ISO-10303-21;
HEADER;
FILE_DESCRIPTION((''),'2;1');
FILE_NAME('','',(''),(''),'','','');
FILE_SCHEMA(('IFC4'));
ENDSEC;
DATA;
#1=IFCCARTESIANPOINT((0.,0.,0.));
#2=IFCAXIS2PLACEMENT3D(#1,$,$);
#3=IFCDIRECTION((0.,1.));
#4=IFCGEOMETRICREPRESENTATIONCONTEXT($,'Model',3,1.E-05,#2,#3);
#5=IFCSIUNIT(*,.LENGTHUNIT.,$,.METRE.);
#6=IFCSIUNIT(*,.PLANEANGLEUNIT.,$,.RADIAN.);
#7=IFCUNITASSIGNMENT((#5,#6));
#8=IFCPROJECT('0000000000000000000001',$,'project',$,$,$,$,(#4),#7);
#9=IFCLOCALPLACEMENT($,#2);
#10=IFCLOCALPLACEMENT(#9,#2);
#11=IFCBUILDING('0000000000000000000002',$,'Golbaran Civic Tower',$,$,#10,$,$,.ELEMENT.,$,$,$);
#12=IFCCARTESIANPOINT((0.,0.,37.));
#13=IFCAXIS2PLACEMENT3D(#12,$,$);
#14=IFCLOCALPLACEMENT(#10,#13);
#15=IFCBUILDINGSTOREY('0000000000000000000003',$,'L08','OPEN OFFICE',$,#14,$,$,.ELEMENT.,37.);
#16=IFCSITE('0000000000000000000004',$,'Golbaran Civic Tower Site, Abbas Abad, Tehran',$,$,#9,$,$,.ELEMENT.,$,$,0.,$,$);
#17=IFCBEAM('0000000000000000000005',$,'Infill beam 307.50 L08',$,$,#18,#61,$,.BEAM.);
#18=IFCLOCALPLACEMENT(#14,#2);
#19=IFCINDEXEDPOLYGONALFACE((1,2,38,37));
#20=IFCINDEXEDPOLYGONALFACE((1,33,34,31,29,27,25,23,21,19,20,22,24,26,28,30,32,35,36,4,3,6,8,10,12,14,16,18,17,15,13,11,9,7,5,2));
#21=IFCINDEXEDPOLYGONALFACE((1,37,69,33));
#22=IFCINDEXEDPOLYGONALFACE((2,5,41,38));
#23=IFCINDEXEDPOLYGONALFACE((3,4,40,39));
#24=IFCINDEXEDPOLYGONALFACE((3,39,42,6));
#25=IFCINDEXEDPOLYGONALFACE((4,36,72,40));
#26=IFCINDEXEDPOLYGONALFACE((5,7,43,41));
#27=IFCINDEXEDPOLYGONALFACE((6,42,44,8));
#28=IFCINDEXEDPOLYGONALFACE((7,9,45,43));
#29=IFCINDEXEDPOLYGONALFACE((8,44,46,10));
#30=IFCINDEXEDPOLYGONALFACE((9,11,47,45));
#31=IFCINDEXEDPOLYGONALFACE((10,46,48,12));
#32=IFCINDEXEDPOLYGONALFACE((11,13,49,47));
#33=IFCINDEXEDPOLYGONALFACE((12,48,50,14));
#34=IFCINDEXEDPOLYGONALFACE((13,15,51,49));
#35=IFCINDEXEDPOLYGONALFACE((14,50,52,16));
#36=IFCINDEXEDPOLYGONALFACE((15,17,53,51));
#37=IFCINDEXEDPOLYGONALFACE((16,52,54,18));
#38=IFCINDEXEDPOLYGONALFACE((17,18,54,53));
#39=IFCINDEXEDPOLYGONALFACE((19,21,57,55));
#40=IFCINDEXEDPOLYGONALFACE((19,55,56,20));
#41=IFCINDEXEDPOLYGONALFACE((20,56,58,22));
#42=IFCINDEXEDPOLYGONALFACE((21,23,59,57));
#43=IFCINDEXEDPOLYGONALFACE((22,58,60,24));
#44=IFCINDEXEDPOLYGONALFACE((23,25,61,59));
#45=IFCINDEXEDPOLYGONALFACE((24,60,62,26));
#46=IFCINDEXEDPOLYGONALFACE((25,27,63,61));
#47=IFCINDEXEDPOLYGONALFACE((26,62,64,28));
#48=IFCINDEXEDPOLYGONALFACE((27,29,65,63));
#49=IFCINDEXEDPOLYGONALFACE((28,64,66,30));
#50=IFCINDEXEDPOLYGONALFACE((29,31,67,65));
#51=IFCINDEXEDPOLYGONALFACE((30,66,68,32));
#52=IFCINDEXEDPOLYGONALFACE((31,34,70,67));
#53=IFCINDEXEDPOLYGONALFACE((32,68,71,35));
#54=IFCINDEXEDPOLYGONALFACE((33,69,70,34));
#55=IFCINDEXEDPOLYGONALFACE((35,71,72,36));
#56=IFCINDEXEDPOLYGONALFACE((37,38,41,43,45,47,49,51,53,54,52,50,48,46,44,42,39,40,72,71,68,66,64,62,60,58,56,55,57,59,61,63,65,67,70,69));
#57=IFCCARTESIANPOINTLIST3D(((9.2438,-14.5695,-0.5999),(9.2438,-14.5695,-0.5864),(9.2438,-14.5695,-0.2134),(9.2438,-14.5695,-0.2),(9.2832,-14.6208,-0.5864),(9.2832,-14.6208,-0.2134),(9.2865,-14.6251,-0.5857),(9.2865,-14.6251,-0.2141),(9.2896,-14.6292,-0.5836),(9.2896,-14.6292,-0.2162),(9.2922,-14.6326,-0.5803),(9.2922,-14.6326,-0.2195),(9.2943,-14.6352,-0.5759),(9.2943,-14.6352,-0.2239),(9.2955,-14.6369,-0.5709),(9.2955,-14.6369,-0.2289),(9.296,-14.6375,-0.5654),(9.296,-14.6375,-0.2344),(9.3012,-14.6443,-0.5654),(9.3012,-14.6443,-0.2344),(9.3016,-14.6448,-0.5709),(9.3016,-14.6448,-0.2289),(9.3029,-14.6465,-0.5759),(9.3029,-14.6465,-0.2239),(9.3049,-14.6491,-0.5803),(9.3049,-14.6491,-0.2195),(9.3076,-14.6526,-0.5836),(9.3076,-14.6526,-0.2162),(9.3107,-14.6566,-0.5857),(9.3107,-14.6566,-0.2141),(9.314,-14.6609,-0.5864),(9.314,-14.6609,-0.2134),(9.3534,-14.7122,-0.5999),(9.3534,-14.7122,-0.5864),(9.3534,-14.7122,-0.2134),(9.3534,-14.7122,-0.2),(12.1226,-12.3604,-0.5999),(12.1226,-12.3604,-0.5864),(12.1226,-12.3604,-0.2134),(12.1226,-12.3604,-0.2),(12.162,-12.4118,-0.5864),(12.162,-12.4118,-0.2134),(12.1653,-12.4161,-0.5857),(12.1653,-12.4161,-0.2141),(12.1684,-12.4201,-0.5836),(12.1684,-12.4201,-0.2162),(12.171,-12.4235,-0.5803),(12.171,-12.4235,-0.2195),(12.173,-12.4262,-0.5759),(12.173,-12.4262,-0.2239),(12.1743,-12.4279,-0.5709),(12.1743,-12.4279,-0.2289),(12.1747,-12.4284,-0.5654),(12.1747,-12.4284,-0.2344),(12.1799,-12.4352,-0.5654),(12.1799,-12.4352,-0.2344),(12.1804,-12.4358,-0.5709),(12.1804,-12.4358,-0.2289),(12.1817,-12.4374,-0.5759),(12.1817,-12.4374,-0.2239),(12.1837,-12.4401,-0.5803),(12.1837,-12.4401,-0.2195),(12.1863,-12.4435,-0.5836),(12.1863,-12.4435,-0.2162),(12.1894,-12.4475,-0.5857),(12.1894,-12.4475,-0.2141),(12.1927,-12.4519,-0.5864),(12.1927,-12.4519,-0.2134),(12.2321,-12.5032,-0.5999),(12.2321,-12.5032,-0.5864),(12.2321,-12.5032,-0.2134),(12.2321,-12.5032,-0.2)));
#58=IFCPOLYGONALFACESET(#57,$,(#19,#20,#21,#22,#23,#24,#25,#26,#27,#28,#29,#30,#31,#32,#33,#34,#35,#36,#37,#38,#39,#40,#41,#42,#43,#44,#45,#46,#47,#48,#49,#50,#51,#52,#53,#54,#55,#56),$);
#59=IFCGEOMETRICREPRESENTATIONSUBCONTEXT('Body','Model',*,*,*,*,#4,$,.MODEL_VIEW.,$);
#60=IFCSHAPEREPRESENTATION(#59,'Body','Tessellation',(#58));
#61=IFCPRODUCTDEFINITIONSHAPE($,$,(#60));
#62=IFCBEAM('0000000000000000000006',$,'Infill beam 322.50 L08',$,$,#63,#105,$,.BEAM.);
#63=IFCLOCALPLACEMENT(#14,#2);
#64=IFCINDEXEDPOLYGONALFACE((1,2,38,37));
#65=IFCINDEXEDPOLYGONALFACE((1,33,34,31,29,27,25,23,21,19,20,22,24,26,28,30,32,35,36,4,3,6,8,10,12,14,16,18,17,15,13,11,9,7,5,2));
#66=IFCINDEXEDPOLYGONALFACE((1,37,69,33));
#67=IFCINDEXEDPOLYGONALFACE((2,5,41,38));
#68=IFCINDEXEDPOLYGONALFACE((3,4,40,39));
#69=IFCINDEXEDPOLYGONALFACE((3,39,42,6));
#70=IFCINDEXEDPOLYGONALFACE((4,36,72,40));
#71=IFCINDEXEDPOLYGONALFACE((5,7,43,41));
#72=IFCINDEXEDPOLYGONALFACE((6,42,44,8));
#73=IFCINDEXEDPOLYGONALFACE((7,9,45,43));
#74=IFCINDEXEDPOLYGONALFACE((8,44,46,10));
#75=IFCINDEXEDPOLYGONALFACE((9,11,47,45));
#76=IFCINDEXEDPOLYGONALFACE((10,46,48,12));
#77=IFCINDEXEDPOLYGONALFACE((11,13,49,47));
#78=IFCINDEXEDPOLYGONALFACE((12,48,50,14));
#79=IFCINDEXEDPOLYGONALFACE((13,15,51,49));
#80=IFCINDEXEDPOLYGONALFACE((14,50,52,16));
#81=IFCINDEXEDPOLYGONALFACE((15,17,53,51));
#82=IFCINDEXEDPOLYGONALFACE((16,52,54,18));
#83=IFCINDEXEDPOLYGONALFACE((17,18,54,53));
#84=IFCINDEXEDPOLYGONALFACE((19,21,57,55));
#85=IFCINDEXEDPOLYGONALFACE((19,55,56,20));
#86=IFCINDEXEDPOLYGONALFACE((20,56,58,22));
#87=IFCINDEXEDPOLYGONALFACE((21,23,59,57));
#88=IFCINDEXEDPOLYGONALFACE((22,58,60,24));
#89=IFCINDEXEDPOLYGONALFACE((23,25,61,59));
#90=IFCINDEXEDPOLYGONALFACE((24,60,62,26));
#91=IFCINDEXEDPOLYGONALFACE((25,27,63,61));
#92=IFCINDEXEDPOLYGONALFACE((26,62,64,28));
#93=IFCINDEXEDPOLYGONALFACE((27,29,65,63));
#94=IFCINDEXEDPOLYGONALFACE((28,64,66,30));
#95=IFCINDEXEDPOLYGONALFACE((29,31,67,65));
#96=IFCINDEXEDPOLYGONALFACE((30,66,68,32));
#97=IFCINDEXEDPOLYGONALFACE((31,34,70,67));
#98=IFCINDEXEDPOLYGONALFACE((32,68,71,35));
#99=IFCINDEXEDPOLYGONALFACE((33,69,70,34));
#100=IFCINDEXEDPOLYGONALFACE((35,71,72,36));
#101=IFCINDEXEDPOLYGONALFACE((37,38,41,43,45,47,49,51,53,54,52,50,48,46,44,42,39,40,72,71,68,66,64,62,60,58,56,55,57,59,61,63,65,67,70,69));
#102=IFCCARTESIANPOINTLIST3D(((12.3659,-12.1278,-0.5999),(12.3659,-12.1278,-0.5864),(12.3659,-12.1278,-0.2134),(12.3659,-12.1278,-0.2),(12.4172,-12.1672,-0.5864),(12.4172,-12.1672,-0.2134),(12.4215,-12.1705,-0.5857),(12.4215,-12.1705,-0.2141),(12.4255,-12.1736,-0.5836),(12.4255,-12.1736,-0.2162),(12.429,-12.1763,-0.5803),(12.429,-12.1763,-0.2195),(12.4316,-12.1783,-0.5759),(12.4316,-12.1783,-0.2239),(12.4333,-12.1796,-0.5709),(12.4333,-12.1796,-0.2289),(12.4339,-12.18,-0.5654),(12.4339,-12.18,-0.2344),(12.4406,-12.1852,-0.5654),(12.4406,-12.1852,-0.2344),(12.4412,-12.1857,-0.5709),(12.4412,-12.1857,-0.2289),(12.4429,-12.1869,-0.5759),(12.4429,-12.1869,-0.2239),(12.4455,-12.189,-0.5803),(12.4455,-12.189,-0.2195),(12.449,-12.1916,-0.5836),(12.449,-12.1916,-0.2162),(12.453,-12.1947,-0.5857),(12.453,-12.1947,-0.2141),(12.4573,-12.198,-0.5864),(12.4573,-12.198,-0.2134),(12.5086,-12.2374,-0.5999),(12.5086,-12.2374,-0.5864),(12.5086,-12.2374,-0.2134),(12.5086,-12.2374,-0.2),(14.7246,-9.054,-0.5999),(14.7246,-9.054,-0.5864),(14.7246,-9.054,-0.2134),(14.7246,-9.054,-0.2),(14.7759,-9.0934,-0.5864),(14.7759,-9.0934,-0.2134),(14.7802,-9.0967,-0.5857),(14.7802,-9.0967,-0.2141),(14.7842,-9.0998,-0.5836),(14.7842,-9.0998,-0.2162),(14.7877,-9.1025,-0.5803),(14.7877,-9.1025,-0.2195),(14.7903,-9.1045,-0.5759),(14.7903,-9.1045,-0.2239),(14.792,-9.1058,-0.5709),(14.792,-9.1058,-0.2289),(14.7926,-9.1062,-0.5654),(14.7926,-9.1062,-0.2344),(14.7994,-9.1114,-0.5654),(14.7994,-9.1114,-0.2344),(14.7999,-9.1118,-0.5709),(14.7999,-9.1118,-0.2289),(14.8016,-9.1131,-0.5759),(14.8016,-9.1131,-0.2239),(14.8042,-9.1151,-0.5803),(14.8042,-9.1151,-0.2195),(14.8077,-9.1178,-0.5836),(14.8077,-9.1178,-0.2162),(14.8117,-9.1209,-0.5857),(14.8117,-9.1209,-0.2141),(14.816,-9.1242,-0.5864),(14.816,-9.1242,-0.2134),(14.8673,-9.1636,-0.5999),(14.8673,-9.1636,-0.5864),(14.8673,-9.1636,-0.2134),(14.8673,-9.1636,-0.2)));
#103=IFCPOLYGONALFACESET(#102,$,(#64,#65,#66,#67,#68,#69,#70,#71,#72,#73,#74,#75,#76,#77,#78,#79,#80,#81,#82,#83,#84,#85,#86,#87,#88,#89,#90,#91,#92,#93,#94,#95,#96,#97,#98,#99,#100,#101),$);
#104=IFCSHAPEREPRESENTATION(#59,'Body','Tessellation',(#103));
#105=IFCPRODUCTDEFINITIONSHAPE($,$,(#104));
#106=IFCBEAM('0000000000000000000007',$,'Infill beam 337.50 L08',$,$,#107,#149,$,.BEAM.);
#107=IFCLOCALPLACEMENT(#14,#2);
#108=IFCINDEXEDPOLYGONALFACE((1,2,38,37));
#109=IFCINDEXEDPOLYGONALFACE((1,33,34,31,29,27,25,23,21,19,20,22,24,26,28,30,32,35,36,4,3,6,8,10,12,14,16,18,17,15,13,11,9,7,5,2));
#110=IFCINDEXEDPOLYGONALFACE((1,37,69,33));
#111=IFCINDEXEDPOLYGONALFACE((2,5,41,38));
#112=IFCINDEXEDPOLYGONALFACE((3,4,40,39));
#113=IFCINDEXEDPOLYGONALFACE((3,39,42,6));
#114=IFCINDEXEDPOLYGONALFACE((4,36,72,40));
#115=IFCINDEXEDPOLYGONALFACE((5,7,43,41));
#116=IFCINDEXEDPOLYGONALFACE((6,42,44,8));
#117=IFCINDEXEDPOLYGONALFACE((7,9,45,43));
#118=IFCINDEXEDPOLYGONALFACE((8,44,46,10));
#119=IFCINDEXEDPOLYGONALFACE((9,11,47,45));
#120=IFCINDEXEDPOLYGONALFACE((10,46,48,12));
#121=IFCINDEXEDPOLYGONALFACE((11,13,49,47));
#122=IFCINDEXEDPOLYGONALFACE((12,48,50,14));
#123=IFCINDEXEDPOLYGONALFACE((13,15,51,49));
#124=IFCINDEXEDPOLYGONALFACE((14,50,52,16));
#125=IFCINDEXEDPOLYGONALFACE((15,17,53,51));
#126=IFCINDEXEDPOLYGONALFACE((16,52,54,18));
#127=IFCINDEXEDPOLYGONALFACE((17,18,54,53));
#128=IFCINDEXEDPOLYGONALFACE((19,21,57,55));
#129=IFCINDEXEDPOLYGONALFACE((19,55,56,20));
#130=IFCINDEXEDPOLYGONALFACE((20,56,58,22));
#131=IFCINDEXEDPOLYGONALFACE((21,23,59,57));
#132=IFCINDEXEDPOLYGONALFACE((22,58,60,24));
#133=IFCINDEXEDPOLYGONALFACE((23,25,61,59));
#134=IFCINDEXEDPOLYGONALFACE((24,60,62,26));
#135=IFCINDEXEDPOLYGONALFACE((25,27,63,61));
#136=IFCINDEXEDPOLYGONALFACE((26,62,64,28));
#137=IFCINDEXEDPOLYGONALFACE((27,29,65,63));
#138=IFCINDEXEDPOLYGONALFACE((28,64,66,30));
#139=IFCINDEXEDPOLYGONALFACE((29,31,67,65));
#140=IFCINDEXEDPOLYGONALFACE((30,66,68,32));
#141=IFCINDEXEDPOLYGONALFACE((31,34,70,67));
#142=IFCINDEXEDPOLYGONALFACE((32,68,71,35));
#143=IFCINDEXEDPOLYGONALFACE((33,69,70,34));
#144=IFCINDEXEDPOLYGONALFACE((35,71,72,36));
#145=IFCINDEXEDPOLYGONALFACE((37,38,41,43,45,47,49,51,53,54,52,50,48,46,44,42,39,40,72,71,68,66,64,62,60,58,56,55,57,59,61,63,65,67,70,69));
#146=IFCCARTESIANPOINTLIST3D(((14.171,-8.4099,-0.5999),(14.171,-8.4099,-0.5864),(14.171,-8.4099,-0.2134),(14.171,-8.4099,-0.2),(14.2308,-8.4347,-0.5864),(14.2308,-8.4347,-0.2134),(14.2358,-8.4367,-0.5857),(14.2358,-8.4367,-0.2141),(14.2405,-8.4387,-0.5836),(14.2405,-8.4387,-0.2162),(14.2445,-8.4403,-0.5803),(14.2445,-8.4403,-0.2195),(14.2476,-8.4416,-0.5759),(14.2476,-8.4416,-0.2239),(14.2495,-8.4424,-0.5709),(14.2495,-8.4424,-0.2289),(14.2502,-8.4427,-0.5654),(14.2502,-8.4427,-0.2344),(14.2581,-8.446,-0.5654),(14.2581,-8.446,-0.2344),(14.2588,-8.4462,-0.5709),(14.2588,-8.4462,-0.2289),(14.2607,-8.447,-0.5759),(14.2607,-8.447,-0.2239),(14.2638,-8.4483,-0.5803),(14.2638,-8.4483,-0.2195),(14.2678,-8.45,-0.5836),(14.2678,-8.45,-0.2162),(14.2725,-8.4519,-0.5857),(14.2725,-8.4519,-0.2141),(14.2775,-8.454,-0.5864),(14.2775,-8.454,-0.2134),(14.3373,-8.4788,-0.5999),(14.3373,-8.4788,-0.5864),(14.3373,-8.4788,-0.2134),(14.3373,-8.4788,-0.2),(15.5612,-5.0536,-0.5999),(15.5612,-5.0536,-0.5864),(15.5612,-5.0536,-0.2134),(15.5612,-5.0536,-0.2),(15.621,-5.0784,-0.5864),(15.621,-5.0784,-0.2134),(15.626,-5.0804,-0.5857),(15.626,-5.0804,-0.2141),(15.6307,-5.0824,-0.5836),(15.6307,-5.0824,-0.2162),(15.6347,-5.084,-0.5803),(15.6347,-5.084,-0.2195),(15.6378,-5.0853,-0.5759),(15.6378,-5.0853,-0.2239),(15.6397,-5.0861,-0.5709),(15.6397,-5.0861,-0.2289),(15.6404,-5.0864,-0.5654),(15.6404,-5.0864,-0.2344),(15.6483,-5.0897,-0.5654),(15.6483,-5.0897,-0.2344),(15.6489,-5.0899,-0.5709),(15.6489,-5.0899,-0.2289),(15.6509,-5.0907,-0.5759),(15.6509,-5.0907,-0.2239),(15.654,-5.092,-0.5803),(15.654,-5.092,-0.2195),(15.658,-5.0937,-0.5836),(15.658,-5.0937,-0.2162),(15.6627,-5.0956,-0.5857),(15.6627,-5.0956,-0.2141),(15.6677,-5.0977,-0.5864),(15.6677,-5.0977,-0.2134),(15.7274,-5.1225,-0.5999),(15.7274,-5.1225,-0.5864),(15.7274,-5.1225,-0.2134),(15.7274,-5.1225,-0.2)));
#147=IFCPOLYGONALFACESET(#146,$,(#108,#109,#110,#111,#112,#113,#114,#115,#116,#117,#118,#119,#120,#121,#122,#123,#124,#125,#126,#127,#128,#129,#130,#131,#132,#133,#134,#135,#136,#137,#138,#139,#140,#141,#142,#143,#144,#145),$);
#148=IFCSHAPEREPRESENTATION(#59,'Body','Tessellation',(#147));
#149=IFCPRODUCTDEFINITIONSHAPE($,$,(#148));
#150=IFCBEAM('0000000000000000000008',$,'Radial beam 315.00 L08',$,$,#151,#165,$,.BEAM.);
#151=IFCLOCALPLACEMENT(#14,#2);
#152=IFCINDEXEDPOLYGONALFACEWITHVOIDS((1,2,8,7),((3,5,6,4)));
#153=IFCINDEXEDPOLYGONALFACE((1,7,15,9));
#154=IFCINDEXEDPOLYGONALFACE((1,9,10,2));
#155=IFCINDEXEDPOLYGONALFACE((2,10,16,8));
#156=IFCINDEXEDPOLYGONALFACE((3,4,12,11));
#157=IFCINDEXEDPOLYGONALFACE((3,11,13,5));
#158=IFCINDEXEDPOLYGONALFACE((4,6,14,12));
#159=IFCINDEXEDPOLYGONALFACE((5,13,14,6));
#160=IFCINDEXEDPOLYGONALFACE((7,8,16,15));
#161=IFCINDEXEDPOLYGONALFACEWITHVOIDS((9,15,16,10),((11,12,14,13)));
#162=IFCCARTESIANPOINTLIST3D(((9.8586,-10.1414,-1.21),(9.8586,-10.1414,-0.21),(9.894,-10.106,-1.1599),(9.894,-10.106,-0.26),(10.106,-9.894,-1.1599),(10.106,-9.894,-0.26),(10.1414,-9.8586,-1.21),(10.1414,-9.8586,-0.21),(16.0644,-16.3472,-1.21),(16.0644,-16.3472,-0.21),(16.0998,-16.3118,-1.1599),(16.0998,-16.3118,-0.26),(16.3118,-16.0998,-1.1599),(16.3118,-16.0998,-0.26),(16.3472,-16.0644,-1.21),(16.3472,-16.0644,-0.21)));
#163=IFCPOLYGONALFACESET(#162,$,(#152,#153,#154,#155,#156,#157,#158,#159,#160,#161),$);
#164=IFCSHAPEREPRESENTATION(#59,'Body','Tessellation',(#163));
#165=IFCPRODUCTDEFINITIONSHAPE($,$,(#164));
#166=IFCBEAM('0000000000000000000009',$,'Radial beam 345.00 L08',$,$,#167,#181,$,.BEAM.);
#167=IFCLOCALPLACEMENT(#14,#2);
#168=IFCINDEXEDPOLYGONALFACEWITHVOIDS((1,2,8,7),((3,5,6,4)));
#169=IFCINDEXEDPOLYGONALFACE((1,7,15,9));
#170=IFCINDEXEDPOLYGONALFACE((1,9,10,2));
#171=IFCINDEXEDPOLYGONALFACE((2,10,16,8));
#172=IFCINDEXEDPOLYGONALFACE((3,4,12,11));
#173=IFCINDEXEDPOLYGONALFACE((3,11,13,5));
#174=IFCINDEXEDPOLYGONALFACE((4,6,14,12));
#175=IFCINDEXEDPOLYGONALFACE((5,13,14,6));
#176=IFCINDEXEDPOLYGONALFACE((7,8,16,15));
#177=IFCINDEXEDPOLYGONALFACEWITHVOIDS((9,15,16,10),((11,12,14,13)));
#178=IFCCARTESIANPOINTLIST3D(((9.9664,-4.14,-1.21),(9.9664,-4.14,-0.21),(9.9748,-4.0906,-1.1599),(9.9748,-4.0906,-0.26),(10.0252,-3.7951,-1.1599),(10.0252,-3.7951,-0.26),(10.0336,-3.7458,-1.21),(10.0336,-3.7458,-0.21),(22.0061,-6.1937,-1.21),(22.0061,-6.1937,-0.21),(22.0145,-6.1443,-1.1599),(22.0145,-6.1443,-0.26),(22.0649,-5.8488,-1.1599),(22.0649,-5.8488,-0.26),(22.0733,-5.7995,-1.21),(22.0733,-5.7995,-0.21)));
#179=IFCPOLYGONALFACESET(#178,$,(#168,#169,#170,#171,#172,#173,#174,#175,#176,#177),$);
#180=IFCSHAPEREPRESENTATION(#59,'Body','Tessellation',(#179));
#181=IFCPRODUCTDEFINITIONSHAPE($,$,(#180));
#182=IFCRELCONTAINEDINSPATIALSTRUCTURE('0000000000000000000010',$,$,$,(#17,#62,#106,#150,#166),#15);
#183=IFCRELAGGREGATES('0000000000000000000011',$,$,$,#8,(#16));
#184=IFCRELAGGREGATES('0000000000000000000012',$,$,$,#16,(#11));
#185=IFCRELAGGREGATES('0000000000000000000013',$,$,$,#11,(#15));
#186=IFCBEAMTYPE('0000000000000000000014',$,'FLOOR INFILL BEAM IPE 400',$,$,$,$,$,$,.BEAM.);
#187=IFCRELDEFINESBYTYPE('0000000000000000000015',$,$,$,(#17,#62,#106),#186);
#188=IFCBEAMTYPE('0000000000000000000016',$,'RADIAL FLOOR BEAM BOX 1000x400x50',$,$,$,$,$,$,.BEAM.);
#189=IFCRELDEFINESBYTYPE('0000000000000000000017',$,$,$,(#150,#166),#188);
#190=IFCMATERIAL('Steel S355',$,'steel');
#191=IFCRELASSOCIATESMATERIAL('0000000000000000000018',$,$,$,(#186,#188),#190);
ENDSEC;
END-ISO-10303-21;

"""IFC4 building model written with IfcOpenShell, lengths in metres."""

from ifc_helpers import new_model, si_unit, direction, frame, origin, origin_2d, place, context, subcontext, project, spatial, hollow_rectangle, i_section, extrude, material, material_profile, profile_set, type_object, element, save


model = new_model("IFC4")

# Units and contexts
model_context = context("Model", 3, precision=1e-05, world=origin(), true_north=direction((0.0, 1.0)))
body_context = subcontext(model_context, "Body", "Model", "MODEL_VIEW")
ifc_project = project(units=[si_unit("LENGTHUNIT", "METRE"), si_unit("PLANEANGLEUNIT", "RADIAN")], contexts=[model_context])

# Site, building, storey
site_placement = place(None, origin())
site = spatial("IfcSite", under=ifc_project, at=site_placement, Name="Golbaran Civic Tower Site, Abbas Abad, Tehran", CompositionType="ELEMENT", RefElevation=0.0)
building_placement = place(site_placement, origin())
building = spatial("IfcBuilding", under=site, at=building_placement, Name="Golbaran Civic Tower", CompositionType="ELEMENT")
storey_placement = place(building_placement, frame((0.0, 0.0, 37.0)))
storey = spatial("IfcBuildingStorey", under=building, at=storey_placement, Name="L08", Description="OPEN OFFICE", CompositionType="ELEMENT", Elevation=37.0)

# Beams
ifc_material_1 = material(Name="Steel S355", Category="steel")
ifc_material_profile_1 = material_profile(ifc_material_1, i_section(OverallWidth=0.1799, OverallDepth=0.3999, WebThickness=0.0085, FlangeThickness=0.0134, FilletRadius=0.021, at=origin_2d()), Name="IPE 400")
ifc_profile_set_1 = profile_set([ifc_material_profile_1], Name="Steel S355")
beam_type_1 = type_object("IfcBeamType", Name="FLOOR INFILL BEAM IPE 400", PredefinedType="BEAM", material=ifc_profile_set_1)
beam_1_placement = place(storey_placement, frame((9.2986, -14.6409, -0.3999), z_axis=(0.793339, 0.60878, 0.0), x_axis=(-0.60878, 0.793339, 0.0)))
element("IfcBeam", 1, at=beam_1_placement, inside=storey, type_object=beam_type_1, Name="Infill beam 307.50 L08", PredefinedType="BEAM", context=body_context, shape_type="SweptSolid", body=[
    extrude(i_section(OverallWidth=0.1799, OverallDepth=0.3999, WebThickness=0.0085, FlangeThickness=0.0134, FilletRadius=0.021, at=origin_2d()), origin(), (0.0, 0.0, 1.0), 3.6287),
])
beam_2_placement = place(storey_placement, frame((12.4373, -12.1826, -0.3999), z_axis=(0.608775, 0.793343, 0.0), x_axis=(-0.793343, 0.608775, 0.0)))
element("IfcBeam", 2, at=beam_2_placement, inside=storey, type_object=beam_type_1, Name="Infill beam 322.50 L08", PredefinedType="BEAM", context=body_context, shape_type="SweptSolid", body=[
    extrude(i_section(OverallWidth=0.1799, OverallDepth=0.3999, WebThickness=0.0085, FlangeThickness=0.0134, FilletRadius=0.021, at=origin_2d()), origin(), (0.0, 0.0, 1.0), 3.8745),
])
beam_3_placement = place(storey_placement, frame((14.2542, -8.4443, -0.3999), z_axis=(0.382672, 0.923884, 0.0), x_axis=(-0.923884, 0.382672, 0.0)))
element("IfcBeam", 3, at=beam_3_placement, inside=storey, type_object=beam_type_1, Name="Infill beam 337.50 L08", PredefinedType="BEAM", context=body_context, shape_type="SweptSolid", body=[
    extrude(i_section(OverallWidth=0.1799, OverallDepth=0.3999, WebThickness=0.0085, FlangeThickness=0.0134, FilletRadius=0.021, at=origin_2d()), origin(), (0.0, 0.0, 1.0), 3.6328),
])
ifc_material_profile_2 = material_profile(ifc_material_1, hollow_rectangle(XDim=0.3999, YDim=1.0, WallThickness=0.05, at=origin_2d()), Name="BOX 1000x400x50")
ifc_profile_set_2 = profile_set([ifc_material_profile_2], Name="Steel S355")
beam_type_2 = type_object("IfcBeamType", Name="RADIAL FLOOR BEAM BOX 1000x400x50", PredefinedType="BEAM", material=ifc_profile_set_2)
beam_4_placement = place(storey_placement, frame((10.0, -10.0, -0.71), z_axis=(0.707107, -0.707107, 0.0), x_axis=(0.707107, 0.707107, 0.0)))
element("IfcBeam", 4, at=beam_4_placement, inside=storey, type_object=beam_type_2, Name="Radial beam 315.00 L08", PredefinedType="BEAM", context=body_context, shape_type="SweptSolid", body=[
    extrude(hollow_rectangle(XDim=0.3999, YDim=1.0, WallThickness=0.05, at=origin_2d()), origin(), (0.0, 0.0, 1.0), 8.7764),
])
beam_5_placement = place(storey_placement, frame((10.0, -3.9429, -0.71), z_axis=(0.985762, -0.168148, 0.0), x_axis=(0.168148, 0.985762, 0.0)))
element("IfcBeam", 5, at=beam_5_placement, inside=storey, type_object=beam_type_2, Name="Radial beam 345.00 L08", PredefinedType="BEAM", context=body_context, shape_type="SweptSolid", body=[
    extrude(hollow_rectangle(XDim=0.3999, YDim=1.0, WallThickness=0.05, at=origin_2d()), origin(), (0.0, 0.0, 1.0), 12.2136),
])

save(model, "model.ifc")
